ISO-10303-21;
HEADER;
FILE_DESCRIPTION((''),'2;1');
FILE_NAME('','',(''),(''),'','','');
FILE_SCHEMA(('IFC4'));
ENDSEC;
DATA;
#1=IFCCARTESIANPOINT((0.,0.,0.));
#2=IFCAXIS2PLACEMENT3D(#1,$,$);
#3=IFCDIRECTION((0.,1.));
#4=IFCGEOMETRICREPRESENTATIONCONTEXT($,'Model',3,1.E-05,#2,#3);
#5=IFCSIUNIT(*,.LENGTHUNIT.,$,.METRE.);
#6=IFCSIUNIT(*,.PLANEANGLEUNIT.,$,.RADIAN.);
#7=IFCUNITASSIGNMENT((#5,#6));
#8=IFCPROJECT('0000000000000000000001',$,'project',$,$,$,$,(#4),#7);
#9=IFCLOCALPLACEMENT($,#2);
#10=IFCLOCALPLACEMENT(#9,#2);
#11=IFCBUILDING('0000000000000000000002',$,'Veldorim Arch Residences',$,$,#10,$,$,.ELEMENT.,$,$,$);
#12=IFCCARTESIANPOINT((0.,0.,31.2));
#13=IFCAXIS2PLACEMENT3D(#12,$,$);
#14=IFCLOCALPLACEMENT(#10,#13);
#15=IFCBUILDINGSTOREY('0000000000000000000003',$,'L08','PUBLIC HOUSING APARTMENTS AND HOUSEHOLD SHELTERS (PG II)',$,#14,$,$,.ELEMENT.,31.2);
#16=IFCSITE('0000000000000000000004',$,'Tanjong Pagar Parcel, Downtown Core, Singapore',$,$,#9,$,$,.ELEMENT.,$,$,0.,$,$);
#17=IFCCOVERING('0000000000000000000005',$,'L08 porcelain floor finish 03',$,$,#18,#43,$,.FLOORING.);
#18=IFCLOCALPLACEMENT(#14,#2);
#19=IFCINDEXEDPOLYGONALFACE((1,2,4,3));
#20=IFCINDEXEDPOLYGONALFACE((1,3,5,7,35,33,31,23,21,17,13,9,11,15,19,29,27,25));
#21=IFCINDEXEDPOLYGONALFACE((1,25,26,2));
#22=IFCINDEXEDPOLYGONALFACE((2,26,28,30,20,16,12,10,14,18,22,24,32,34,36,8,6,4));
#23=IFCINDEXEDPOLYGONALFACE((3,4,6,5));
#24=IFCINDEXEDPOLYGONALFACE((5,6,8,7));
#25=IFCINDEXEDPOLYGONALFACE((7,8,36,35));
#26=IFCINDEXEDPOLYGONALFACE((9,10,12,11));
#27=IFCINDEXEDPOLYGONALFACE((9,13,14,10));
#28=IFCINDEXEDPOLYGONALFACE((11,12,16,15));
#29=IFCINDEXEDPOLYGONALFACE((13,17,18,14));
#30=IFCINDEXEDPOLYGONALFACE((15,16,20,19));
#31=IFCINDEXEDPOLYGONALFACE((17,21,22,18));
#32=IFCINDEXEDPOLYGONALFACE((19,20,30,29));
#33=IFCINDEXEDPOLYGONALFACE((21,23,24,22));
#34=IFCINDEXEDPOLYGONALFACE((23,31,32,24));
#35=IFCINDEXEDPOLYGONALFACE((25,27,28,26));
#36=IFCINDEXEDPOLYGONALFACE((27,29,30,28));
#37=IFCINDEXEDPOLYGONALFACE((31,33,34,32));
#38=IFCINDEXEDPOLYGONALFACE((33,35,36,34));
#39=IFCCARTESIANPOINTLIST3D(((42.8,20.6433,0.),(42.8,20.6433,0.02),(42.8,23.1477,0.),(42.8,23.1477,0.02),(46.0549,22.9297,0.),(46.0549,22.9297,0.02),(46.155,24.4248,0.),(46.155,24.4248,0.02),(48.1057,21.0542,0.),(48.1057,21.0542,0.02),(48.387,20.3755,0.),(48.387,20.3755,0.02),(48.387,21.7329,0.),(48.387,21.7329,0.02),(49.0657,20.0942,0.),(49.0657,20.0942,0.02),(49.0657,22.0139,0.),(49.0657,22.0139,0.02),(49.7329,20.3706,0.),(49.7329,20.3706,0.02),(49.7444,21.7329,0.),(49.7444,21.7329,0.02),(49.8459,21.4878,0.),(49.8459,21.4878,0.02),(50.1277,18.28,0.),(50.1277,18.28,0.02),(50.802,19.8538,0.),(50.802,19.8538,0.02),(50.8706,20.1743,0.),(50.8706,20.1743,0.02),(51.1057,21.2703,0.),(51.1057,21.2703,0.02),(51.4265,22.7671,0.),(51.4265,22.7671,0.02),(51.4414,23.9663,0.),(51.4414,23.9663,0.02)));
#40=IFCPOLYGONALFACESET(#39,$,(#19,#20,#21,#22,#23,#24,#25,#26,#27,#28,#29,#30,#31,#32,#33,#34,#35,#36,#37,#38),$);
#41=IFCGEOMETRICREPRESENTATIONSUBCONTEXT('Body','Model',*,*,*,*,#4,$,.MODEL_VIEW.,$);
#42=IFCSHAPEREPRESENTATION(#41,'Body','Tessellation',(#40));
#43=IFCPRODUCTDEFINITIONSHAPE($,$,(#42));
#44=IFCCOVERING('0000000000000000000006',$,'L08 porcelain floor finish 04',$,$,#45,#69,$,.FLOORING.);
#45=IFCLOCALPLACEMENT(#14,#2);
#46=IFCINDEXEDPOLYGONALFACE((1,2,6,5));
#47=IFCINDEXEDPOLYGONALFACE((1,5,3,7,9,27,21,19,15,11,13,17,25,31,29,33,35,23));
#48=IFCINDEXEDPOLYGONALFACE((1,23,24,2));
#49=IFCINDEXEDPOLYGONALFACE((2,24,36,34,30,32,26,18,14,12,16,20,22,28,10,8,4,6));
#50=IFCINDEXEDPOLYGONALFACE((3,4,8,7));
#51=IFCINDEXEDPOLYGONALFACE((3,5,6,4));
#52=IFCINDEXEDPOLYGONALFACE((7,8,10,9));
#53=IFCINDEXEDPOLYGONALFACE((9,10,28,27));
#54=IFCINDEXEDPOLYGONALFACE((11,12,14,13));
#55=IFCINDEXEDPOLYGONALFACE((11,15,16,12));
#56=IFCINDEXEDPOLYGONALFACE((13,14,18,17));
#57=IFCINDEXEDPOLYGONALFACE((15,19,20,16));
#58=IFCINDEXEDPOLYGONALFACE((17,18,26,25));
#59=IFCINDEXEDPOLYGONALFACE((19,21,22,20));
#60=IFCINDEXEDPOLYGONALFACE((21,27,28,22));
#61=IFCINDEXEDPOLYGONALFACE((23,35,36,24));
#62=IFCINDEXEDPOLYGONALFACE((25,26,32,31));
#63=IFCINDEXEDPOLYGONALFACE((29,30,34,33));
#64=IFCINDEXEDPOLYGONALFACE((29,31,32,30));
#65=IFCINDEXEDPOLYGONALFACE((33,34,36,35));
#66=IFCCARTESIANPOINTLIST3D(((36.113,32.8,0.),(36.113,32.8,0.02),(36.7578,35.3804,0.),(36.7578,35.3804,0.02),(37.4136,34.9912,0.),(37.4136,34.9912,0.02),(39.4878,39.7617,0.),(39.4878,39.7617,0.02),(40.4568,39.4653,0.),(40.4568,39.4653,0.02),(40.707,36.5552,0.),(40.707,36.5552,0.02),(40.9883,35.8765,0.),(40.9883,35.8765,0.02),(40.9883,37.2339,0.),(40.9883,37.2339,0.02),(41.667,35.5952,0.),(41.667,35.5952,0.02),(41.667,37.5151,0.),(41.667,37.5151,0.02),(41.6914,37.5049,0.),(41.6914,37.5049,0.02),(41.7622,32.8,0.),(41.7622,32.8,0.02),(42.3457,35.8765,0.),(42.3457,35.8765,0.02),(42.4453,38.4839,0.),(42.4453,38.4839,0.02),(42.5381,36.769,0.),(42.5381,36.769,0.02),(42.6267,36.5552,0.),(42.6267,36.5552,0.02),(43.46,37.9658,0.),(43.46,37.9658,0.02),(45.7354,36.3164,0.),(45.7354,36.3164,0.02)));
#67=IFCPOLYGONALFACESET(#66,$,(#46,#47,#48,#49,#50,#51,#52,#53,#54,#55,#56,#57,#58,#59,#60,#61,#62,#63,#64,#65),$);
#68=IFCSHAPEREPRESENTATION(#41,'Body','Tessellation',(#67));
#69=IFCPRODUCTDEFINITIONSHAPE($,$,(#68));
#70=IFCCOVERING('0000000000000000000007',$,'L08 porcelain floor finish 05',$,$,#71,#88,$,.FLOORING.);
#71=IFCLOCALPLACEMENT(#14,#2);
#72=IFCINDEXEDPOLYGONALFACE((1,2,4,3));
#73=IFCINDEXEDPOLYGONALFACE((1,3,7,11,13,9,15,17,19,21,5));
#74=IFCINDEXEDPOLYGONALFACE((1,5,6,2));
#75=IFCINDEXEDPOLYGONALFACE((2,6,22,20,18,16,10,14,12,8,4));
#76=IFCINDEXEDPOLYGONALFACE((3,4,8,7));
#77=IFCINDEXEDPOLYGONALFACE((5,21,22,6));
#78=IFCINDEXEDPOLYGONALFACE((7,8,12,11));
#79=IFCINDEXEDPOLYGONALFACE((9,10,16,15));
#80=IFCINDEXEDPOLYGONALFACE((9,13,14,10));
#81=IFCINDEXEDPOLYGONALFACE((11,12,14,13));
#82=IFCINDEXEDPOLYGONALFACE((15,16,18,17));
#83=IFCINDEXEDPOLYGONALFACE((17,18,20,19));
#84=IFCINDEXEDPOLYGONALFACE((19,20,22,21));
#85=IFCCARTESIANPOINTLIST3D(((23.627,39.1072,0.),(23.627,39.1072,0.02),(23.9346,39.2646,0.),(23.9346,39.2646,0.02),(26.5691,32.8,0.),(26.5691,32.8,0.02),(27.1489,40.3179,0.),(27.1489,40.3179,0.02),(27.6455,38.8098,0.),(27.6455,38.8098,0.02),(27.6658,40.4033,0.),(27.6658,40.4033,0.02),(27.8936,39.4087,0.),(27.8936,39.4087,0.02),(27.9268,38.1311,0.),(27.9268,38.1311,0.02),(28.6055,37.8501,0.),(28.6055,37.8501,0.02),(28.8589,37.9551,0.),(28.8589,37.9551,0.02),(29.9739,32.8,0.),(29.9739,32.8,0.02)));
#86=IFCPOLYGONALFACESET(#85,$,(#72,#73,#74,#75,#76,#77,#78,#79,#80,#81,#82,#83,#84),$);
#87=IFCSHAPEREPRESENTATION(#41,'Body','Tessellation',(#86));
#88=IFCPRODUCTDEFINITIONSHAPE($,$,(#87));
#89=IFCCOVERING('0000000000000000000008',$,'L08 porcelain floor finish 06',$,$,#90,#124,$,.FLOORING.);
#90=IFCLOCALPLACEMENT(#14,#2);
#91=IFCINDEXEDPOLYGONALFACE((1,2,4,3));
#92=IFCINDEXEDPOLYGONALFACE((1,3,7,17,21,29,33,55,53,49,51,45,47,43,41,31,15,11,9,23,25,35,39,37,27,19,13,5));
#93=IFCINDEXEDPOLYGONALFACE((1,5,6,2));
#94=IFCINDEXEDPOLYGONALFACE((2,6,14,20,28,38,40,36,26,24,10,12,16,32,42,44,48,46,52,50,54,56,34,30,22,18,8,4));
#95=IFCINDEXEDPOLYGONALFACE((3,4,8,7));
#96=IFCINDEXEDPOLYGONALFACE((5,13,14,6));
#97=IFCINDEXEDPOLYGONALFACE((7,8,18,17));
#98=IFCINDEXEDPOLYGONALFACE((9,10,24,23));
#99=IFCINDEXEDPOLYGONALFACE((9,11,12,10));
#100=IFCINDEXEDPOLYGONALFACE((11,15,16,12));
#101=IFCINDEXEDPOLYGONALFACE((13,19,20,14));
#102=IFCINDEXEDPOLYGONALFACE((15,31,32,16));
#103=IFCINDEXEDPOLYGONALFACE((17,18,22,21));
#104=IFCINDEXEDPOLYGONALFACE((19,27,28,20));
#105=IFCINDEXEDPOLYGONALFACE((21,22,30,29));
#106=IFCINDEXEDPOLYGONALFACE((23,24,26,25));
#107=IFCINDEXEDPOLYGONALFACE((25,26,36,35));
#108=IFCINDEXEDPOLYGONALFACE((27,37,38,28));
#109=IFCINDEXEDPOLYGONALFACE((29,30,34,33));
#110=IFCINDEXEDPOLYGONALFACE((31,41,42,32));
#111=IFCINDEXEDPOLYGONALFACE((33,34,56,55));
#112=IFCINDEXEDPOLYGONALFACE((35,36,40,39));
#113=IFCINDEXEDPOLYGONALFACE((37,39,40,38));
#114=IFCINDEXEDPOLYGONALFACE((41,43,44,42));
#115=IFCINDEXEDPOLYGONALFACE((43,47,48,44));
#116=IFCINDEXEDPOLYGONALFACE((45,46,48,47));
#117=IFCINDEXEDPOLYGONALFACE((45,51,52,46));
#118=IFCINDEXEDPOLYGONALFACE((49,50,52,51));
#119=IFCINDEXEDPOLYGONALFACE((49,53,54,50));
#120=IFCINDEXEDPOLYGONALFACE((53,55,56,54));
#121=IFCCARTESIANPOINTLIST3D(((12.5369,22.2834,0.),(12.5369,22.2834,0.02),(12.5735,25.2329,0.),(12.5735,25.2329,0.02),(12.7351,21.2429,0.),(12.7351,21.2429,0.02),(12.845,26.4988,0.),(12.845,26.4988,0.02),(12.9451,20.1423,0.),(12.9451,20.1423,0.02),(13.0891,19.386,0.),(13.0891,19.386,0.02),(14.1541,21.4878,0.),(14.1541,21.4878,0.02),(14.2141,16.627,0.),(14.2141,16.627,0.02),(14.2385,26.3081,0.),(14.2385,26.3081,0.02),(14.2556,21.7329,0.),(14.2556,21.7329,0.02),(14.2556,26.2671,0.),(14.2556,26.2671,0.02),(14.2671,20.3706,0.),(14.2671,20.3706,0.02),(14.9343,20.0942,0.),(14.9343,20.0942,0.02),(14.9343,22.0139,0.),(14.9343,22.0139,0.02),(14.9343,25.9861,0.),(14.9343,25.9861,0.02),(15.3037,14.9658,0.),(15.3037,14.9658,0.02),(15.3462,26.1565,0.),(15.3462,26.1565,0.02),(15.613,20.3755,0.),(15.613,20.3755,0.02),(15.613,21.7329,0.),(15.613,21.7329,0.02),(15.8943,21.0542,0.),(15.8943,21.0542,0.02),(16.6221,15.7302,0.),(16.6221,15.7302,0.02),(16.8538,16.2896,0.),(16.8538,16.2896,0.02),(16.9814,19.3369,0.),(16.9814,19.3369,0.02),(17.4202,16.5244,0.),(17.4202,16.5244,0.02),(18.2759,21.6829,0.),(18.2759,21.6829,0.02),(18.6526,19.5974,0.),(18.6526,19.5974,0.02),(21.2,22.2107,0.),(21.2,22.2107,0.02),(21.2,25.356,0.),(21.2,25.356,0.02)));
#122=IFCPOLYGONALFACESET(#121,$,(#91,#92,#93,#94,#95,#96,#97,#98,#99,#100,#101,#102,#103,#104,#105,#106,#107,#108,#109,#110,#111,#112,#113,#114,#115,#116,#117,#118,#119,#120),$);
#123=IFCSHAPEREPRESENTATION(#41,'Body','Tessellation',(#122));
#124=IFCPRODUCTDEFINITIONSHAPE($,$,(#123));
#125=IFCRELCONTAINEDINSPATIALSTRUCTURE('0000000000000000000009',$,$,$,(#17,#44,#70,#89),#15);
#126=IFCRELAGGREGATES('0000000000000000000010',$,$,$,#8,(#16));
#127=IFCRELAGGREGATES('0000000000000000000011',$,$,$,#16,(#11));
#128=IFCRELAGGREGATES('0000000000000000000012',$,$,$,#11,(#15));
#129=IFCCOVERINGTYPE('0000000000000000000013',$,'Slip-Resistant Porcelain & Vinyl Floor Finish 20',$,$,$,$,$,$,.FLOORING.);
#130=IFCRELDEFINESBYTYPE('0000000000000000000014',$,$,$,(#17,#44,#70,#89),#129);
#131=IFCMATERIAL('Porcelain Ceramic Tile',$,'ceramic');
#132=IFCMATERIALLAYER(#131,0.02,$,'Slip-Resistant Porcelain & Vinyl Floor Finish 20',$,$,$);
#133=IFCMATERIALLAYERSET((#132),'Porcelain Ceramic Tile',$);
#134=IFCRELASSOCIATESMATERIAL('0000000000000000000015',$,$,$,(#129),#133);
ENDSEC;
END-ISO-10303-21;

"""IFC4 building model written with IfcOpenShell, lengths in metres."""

from ifc_helpers import new_model, si_unit, direction, frame, origin, place, context, subcontext, project, spatial, polyline, outline, extrude, material, layer, layer_set, type_object, element, save


model = new_model("IFC4")

# Units and contexts
model_context = context("Model", 3, precision=1e-05, world=origin(), true_north=direction((0.0, 1.0)))
body_context = subcontext(model_context, "Body", "Model", "MODEL_VIEW")
ifc_project = project(units=[si_unit("LENGTHUNIT", "METRE"), si_unit("PLANEANGLEUNIT", "RADIAN")], contexts=[model_context])

# Site, building, storey
site_placement = place(None, origin())
site = spatial("IfcSite", under=ifc_project, at=site_placement, Name="Tanjong Pagar Parcel, Downtown Core, Singapore", CompositionType="ELEMENT", RefElevation=0.0)
building_placement = place(site_placement, origin())
building = spatial("IfcBuilding", under=site, at=building_placement, Name="Veldorim Arch Residences", CompositionType="ELEMENT")
storey_placement = place(building_placement, frame((0.0, 0.0, 31.2)))
storey = spatial("IfcBuildingStorey", under=building, at=storey_placement, Name="L08", Description="PUBLIC HOUSING APARTMENTS AND HOUSEHOLD SHELTERS (PG II)", CompositionType="ELEMENT", Elevation=31.2)

# Coverings
ifc_material_1 = material(Name="Porcelain Ceramic Tile", Category="ceramic")
ifc_layer_1 = layer(ifc_material_1, 0.02, Name="Slip-Resistant Porcelain & Vinyl Floor Finish 20")
ifc_layer_set_1 = layer_set([ifc_layer_1], Name="Porcelain Ceramic Tile")
covering_type_1 = type_object("IfcCoveringType", Name="Slip-Resistant Porcelain & Vinyl Floor Finish 20", PredefinedType="FLOORING", material=ifc_layer_set_1)
covering_1_placement = place(storey_placement, origin())
element("IfcCovering", 1, at=covering_1_placement, inside=storey, type_object=covering_type_1, Name="L08 porcelain floor finish 03", PredefinedType="FLOORING", context=body_context, shape_type="SweptSolid", body=[
    extrude(outline(polyline([(49.0657, 20.0942), (49.7329, 20.3706), (50.8706, 20.1743), (50.802, 19.8538), (50.1277, 18.28), (42.8, 20.6433), (42.8, 23.1477), (46.0549, 22.9297), (46.155, 24.4248), (51.4414, 23.9663), (51.4265, 22.7671), (51.1057, 21.2703), (49.8459, 21.4878), (49.7444, 21.7329), (49.0657, 22.0139), (48.387, 21.7329), (48.1057, 21.0542), (48.387, 20.3755), (49.0657, 20.0942)])), origin(), (0.0, 0.0, 1.0), 0.02),
])
covering_2_placement = place(storey_placement, origin())
element("IfcCovering", 2, at=covering_2_placement, inside=storey, type_object=covering_type_1, Name="L08 porcelain floor finish 04", PredefinedType="FLOORING", context=body_context, shape_type="SweptSolid", body=[
    extrude(outline(polyline([(41.667, 37.5151), (40.9883, 37.2339), (40.707, 36.5552), (40.9883, 35.8765), (41.667, 35.5952), (42.3457, 35.8765), (42.6267, 36.5552), (42.5381, 36.769), (43.46, 37.9658), (45.7354, 36.3164), (41.7622, 32.8), (36.113, 32.8), (37.4136, 34.9912), (36.7578, 35.3804), (39.4878, 39.7617), (40.4568, 39.4653), (42.4453, 38.4839), (41.6914, 37.5049), (41.667, 37.5151)])), origin(), (0.0, 0.0, 1.0), 0.02),
])
covering_3_placement = place(storey_placement, origin())
element("IfcCovering", 3, at=covering_3_placement, inside=storey, type_object=covering_type_1, Name="L08 porcelain floor finish 05", PredefinedType="FLOORING", context=body_context, shape_type="SweptSolid", body=[
    extrude(outline(polyline([(27.6658, 40.4033), (27.8936, 39.4087), (27.6455, 38.8098), (27.9268, 38.1311), (28.6055, 37.8501), (28.8589, 37.9551), (29.9739, 32.8), (26.5691, 32.8), (23.627, 39.1072), (23.9346, 39.2646), (27.1489, 40.3179), (27.6658, 40.4033)])), origin(), (0.0, 0.0, 1.0), 0.02),
])
covering_4_placement = place(storey_placement, origin())
element("IfcCovering", 4, at=covering_4_placement, inside=storey, type_object=covering_type_1, Name="L08 porcelain floor finish 06", PredefinedType="FLOORING", context=body_context, shape_type="SweptSolid", body=[
    extrude(outline(polyline([(14.2556, 26.2671), (14.9343, 25.9861), (15.3462, 26.1565), (21.2, 25.356), (21.2, 22.2107), (18.2759, 21.6829), (18.6526, 19.5974), (16.9814, 19.3369), (17.4202, 16.5244), (16.8538, 16.2896), (16.6221, 15.7302), (15.3037, 14.9658), (14.2141, 16.627), (13.0891, 19.386), (12.9451, 20.1423), (14.2671, 20.3706), (14.9343, 20.0942), (15.613, 20.3755), (15.8943, 21.0542), (15.613, 21.7329), (14.9343, 22.0139), (14.2556, 21.7329), (14.1541, 21.4878), (12.7351, 21.2429), (12.5369, 22.2834), (12.5735, 25.2329), (12.845, 26.4988), (14.2385, 26.3081), (14.2556, 26.2671)])), origin(), (0.0, 0.0, 1.0), 0.02),
])

save(model, "model.ifc")
